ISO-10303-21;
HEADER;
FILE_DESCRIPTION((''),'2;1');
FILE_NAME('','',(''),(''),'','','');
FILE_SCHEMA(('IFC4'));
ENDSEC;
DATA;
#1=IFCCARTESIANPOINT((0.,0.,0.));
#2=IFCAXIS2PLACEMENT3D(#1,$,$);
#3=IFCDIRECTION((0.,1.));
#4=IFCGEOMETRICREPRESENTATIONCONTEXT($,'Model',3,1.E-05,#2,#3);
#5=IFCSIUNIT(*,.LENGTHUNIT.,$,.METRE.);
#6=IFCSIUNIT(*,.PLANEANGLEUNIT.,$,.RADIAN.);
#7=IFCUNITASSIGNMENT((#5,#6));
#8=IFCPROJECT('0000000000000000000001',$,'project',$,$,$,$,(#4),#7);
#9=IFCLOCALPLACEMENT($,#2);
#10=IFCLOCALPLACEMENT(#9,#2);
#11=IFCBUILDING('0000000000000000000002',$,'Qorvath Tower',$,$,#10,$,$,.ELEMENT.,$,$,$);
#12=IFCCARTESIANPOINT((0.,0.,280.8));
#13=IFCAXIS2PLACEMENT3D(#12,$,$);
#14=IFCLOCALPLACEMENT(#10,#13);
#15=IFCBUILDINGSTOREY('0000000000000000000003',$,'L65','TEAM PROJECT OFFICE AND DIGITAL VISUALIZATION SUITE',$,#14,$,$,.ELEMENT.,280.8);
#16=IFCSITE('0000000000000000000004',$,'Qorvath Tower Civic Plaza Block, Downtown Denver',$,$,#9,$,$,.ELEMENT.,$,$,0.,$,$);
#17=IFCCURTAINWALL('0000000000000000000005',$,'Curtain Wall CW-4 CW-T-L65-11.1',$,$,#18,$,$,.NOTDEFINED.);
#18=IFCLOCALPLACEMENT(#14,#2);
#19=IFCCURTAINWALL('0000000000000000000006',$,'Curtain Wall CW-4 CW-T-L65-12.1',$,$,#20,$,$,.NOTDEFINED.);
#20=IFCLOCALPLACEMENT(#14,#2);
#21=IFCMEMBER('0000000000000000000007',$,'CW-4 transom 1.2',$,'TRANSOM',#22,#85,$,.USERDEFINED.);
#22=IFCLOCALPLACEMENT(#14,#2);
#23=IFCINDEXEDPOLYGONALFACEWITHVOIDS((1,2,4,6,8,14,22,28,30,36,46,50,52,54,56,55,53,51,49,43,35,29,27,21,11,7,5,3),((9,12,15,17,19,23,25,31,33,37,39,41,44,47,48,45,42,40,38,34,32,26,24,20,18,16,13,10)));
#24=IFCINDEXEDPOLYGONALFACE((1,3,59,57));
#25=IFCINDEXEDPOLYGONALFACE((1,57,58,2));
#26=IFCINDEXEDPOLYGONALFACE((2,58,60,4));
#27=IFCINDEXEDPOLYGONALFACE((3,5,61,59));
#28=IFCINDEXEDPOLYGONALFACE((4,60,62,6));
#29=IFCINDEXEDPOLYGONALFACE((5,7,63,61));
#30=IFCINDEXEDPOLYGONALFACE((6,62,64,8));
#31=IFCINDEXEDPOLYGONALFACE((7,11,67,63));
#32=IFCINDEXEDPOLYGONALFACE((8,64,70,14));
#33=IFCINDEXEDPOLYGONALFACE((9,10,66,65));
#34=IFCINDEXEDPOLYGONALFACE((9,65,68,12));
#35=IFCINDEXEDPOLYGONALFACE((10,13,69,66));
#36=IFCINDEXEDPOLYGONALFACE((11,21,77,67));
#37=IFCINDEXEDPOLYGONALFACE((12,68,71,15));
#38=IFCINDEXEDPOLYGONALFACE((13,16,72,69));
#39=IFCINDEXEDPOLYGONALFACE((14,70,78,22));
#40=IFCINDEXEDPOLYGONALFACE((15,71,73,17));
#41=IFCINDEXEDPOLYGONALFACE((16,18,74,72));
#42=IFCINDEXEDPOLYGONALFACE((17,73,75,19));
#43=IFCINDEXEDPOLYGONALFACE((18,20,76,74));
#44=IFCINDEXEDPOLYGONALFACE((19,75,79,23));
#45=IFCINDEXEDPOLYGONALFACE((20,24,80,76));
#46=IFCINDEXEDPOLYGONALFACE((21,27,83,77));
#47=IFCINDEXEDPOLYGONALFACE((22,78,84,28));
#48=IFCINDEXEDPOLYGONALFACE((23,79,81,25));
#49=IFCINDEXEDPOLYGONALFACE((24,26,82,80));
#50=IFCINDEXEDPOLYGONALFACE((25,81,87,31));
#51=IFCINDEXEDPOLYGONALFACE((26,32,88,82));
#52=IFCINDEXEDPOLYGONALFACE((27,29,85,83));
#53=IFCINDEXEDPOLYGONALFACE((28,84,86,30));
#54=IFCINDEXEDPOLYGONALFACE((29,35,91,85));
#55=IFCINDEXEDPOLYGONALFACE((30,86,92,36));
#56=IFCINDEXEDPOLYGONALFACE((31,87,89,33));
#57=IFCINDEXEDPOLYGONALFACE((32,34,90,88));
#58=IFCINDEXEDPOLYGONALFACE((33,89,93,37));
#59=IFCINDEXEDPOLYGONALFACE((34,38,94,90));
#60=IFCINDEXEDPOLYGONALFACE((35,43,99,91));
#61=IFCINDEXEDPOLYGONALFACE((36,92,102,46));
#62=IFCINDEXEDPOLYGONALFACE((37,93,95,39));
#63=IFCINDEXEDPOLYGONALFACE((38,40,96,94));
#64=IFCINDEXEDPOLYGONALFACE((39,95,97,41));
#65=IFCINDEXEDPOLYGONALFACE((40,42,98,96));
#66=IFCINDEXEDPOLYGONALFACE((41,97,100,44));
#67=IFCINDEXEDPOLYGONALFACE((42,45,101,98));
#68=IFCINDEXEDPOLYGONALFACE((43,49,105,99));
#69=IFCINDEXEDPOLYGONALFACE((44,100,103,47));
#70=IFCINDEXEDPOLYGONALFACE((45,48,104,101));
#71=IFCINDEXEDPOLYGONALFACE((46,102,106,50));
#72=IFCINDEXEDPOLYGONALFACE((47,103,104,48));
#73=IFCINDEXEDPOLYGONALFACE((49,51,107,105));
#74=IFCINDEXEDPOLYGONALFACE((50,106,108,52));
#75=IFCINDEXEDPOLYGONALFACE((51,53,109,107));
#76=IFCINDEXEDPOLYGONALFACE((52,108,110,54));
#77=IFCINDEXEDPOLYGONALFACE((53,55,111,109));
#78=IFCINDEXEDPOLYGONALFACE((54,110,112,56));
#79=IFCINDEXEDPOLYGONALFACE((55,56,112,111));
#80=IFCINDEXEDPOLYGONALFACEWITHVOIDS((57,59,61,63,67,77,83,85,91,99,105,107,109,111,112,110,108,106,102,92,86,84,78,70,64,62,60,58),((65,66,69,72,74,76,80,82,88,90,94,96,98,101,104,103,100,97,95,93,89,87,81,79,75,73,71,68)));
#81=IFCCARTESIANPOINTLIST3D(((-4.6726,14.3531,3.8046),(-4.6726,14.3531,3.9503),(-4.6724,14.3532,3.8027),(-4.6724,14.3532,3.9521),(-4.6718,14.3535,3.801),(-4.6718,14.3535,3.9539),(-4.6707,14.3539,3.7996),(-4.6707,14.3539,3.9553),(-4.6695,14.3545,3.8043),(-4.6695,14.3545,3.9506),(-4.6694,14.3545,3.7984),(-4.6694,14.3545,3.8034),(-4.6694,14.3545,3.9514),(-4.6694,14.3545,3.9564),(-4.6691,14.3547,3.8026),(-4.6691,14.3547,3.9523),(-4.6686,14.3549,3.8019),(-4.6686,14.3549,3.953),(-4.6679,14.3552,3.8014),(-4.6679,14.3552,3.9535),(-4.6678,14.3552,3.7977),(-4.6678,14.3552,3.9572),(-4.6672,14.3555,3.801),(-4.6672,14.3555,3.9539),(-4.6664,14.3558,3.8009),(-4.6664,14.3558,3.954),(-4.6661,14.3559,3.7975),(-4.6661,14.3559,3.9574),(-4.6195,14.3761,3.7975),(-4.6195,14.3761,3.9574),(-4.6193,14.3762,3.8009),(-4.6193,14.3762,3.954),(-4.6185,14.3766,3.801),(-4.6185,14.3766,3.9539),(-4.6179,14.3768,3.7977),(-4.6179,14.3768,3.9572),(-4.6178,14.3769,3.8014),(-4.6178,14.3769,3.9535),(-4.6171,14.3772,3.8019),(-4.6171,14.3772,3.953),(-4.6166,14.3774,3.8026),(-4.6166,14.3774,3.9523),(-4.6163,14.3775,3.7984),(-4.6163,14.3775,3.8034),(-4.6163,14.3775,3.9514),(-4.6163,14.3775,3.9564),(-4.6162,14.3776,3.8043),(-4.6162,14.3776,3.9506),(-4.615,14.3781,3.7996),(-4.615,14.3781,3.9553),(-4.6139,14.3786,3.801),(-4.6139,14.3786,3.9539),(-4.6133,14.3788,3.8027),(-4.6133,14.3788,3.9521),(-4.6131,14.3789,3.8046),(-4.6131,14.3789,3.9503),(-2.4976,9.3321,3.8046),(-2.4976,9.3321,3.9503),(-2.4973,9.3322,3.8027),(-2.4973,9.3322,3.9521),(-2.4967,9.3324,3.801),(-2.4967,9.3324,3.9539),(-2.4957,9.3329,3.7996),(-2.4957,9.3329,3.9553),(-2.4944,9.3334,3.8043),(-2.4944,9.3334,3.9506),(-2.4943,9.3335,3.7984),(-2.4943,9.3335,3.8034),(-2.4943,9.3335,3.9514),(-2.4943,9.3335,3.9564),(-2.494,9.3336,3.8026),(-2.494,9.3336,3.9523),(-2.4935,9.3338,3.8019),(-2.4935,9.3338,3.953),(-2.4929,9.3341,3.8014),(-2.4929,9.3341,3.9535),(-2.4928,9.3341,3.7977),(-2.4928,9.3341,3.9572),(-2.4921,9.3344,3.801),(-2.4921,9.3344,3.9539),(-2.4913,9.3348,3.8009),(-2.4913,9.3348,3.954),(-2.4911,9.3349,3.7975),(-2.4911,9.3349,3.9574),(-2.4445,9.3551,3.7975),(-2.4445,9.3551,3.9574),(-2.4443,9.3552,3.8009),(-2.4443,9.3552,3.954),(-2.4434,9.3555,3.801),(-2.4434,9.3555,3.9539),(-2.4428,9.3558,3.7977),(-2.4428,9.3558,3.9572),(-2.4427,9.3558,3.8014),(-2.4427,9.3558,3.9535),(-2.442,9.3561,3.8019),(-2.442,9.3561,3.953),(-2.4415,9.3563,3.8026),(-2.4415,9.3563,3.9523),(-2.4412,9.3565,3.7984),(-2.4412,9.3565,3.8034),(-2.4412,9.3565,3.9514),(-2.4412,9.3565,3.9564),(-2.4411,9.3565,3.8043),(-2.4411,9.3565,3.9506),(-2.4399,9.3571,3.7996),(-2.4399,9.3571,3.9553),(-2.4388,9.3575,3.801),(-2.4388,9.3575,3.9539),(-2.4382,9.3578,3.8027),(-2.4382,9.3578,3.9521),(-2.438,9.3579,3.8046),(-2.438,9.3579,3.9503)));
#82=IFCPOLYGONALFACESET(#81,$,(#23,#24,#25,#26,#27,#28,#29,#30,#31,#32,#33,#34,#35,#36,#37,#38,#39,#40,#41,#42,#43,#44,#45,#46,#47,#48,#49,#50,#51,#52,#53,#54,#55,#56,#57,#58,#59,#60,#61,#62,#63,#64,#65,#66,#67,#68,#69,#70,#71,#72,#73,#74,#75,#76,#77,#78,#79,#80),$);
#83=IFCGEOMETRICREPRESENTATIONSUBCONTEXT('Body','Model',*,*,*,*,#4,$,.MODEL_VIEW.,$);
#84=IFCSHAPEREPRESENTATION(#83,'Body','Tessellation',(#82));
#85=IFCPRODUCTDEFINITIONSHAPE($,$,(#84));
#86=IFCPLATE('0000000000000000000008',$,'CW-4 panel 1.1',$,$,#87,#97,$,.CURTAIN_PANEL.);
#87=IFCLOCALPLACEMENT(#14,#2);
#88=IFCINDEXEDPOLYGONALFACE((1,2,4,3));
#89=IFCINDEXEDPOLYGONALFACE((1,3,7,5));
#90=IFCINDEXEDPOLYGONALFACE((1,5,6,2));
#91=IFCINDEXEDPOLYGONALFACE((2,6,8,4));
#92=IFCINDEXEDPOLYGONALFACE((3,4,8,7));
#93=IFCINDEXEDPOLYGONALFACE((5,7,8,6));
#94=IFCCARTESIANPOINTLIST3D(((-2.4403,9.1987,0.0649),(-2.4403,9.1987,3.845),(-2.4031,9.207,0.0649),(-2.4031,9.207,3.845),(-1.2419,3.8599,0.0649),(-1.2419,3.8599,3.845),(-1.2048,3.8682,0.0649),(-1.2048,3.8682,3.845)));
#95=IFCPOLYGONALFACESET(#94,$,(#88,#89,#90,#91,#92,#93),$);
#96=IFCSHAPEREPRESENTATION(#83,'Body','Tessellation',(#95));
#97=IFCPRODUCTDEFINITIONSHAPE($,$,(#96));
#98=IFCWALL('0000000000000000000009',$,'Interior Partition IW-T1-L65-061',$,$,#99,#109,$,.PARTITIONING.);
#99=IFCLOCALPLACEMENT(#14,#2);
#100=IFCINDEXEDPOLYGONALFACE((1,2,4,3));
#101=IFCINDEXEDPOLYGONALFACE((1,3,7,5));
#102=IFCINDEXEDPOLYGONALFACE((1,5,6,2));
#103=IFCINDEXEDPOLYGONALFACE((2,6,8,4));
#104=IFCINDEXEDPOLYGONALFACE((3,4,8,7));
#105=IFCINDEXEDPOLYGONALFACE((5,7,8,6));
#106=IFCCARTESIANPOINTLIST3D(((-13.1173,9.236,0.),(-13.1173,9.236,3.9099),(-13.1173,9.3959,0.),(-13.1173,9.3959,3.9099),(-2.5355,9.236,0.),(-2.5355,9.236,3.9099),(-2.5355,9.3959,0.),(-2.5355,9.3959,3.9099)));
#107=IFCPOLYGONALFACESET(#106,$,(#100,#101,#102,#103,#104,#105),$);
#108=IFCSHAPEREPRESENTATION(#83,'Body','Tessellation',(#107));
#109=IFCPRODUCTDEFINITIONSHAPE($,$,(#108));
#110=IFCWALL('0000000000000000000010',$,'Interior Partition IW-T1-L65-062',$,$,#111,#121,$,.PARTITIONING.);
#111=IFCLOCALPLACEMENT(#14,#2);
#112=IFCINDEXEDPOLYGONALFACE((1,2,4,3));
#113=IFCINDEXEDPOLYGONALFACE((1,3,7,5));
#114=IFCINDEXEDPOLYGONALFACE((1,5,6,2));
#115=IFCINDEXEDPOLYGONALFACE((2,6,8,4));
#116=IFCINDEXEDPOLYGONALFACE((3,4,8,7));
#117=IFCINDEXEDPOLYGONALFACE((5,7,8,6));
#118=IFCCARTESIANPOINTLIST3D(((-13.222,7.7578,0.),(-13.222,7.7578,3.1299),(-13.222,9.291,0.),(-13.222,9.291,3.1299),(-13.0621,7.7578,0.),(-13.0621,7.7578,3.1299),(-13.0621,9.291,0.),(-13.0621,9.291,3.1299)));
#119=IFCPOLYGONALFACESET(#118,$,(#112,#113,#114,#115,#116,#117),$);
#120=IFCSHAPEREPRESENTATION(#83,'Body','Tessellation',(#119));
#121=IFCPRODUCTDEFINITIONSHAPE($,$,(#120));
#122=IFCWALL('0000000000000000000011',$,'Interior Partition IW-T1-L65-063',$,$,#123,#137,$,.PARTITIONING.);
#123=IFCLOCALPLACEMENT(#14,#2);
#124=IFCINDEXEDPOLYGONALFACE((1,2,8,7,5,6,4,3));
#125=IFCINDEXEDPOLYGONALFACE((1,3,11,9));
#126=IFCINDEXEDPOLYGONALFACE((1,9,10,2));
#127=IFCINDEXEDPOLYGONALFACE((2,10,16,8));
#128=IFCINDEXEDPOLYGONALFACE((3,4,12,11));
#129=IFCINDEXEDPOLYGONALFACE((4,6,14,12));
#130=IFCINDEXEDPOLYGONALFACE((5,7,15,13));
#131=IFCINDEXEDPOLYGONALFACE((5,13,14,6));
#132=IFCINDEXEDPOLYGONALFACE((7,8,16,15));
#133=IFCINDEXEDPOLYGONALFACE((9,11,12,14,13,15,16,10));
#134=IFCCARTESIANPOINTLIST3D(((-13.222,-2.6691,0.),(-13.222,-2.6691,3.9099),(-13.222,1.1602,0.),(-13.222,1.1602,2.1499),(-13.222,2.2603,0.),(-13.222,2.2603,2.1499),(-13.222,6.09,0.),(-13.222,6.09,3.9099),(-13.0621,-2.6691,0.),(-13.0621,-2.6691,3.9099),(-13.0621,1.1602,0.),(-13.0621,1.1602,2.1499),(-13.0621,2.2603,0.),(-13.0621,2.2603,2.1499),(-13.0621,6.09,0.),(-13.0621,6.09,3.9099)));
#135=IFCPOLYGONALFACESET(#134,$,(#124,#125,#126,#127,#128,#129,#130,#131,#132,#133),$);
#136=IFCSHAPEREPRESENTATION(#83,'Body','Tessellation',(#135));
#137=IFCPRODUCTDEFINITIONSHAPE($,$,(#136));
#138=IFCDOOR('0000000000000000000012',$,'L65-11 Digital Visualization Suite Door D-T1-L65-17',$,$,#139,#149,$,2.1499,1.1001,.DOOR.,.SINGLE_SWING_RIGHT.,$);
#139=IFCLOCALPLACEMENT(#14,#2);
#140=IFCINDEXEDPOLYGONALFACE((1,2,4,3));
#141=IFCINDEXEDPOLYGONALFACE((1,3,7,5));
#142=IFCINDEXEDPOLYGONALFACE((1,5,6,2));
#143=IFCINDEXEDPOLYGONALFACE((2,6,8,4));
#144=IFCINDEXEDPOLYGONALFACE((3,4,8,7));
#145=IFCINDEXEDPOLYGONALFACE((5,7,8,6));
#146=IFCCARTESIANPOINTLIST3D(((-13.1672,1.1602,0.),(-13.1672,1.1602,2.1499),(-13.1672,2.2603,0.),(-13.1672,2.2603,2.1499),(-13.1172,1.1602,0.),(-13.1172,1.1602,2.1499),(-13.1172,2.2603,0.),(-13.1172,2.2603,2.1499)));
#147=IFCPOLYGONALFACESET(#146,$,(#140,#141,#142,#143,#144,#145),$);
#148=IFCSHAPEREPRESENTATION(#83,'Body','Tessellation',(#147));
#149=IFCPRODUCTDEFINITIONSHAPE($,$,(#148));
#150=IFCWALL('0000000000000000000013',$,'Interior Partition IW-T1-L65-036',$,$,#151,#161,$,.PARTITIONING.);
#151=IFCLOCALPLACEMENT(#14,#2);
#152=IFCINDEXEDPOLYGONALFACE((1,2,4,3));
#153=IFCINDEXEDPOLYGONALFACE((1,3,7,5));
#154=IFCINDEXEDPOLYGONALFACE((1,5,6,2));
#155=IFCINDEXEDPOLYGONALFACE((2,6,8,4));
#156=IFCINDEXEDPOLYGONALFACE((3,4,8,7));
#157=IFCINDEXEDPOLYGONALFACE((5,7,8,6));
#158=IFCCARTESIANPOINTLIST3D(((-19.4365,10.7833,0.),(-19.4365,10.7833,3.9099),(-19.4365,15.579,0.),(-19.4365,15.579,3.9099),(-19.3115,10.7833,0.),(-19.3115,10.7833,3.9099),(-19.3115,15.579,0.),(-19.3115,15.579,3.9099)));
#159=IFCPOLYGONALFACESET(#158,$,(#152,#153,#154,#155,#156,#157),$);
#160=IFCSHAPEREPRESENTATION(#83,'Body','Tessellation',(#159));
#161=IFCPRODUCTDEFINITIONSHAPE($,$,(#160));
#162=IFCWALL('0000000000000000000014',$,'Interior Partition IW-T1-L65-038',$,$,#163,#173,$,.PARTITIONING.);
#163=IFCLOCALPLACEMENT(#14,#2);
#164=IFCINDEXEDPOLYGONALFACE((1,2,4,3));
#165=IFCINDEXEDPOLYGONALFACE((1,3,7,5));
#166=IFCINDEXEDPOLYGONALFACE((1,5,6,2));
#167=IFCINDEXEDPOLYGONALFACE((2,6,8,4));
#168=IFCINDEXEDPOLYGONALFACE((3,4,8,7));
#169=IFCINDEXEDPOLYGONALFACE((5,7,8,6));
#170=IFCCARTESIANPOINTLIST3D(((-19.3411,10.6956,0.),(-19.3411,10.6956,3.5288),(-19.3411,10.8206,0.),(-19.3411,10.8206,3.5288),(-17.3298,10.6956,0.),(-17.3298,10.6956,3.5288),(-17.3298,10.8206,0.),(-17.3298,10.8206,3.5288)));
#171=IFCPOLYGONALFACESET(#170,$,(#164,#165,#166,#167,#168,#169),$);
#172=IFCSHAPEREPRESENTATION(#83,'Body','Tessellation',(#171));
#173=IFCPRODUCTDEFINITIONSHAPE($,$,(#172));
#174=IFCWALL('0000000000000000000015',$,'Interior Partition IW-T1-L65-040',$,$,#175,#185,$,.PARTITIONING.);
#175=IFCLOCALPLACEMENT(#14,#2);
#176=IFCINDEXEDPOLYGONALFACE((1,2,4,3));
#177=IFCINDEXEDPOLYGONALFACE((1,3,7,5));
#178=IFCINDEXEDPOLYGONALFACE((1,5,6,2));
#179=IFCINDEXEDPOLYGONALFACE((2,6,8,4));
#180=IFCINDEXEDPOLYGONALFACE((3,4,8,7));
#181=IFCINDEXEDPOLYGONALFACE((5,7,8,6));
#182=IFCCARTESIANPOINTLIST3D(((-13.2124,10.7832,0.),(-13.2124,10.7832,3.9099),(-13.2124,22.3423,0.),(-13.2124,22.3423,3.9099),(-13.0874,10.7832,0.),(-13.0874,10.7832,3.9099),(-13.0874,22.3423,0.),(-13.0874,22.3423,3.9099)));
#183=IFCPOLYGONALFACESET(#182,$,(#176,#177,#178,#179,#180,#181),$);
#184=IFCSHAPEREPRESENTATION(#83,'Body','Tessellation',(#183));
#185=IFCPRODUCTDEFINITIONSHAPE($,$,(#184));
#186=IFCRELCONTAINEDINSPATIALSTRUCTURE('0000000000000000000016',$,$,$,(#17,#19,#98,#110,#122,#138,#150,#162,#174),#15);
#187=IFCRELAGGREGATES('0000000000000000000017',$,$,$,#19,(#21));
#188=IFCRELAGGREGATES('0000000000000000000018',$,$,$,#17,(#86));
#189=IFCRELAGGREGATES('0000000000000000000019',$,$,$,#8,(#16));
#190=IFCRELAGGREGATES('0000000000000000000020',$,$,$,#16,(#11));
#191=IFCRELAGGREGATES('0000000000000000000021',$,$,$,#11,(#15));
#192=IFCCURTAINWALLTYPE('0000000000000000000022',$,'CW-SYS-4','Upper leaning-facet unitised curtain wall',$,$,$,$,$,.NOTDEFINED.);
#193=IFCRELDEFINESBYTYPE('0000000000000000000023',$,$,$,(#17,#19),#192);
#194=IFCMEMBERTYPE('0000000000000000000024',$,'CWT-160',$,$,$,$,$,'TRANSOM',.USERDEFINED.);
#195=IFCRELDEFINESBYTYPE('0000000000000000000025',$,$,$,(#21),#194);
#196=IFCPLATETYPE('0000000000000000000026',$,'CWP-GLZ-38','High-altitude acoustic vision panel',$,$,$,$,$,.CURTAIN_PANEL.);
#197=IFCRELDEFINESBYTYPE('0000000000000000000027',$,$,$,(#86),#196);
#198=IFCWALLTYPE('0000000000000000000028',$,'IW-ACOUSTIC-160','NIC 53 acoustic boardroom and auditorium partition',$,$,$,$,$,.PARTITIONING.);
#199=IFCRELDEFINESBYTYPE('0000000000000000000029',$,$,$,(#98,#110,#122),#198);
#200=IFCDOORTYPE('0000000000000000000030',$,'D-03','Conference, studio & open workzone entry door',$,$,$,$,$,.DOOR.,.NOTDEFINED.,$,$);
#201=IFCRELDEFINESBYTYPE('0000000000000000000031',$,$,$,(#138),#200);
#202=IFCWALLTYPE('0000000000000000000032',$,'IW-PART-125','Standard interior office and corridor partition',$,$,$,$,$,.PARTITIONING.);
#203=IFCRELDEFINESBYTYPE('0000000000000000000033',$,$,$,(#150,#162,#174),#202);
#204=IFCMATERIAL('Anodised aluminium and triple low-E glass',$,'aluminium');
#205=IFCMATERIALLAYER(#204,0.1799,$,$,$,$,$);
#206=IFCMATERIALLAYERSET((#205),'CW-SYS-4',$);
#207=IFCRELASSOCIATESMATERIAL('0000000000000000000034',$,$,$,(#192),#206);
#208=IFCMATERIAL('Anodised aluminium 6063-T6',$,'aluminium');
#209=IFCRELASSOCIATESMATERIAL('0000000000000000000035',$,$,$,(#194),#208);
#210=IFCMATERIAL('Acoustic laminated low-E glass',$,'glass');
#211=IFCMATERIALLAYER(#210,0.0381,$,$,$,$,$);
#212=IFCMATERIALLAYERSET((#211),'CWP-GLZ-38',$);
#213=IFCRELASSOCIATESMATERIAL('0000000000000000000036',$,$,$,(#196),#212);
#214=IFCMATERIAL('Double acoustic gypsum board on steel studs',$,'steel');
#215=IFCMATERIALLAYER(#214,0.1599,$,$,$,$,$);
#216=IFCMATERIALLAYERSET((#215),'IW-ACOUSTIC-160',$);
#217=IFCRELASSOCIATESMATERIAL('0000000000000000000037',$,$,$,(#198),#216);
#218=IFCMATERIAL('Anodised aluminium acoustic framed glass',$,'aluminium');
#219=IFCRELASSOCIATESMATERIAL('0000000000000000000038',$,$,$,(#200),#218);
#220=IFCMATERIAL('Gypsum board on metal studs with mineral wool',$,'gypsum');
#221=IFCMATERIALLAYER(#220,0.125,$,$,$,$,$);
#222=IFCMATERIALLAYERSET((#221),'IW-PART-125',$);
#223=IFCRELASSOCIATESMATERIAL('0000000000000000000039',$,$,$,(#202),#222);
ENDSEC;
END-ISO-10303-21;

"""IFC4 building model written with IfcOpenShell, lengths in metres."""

from ifc_helpers import new_model, si_unit, direction, frame, frame_2d, origin, origin_2d, place, context, subcontext, project, spatial, rectangle, hollow_rectangle, extrude, material, layer, layer_set, material_profile, profile_set, type_object, element, fill, aggregate, save


model = new_model("IFC4")

# Units and contexts
model_context = context("Model", 3, precision=1e-05, world=origin(), true_north=direction((0.0, 1.0)))
body_context = subcontext(model_context, "Body", "Model", "MODEL_VIEW")
ifc_project = project(units=[si_unit("LENGTHUNIT", "METRE"), si_unit("PLANEANGLEUNIT", "RADIAN")], contexts=[model_context])

# Site, building, storey
site_placement = place(None, origin())
site = spatial("IfcSite", under=ifc_project, at=site_placement, Name="Qorvath Tower Civic Plaza Block, Downtown Denver", CompositionType="ELEMENT", RefElevation=0.0)
building_placement = place(site_placement, origin())
building = spatial("IfcBuilding", under=site, at=building_placement, Name="Qorvath Tower", CompositionType="ELEMENT")
storey_placement = place(building_placement, frame((0.0, 0.0, 280.8)))
storey = spatial("IfcBuildingStorey", under=building, at=storey_placement, Name="L65", Description="TEAM PROJECT OFFICE AND DIGITAL VISUALIZATION SUITE", CompositionType="ELEMENT", Elevation=280.8)

# Curtain wall
ifc_material_1 = material(Name="Anodised aluminium and triple low-E glass", Category="aluminium")
ifc_layer_1 = layer(ifc_material_1, 0.1799)
ifc_layer_set_1 = layer_set([ifc_layer_1], Name="CW-SYS-4")
curtain_wall_type = type_object("IfcCurtainWallType", Name="CW-SYS-4", Description="Upper leaning-facet unitised curtain wall", PredefinedType="NOTDEFINED", material=ifc_layer_set_1)
curtain_wall_1_placement = place(storey_placement, origin())
curtain_wall_1 = element("IfcCurtainWall", 1, at=curtain_wall_1_placement, inside=storey, type_object=curtain_wall_type, Name="Curtain Wall CW-4 CW-T-L65-11.1", PredefinedType="NOTDEFINED")

# Curtain wall
curtain_wall_2_placement = place(storey_placement, origin())
curtain_wall_2 = element("IfcCurtainWall", 2, at=curtain_wall_2_placement, inside=storey, type_object=curtain_wall_type, Name="Curtain Wall CW-4 CW-T-L65-12.1", PredefinedType="NOTDEFINED")

# Member
ifc_material_2 = material(Name="Anodised aluminium 6063-T6", Category="aluminium")
ifc_material_profile_1 = material_profile(ifc_material_2, hollow_rectangle(XDim=0.0649, YDim=0.1599, WallThickness=0.0034, InnerFilletRadius=0.0034, OuterFilletRadius=0.0071, at=origin_2d()), Name="CWT 160x65")
ifc_profile_set_1 = profile_set([ifc_material_profile_1], Name="Anodised aluminium 6063-T6")
member_type_1 = type_object("IfcMemberType", Name="CWT-160", ElementType="TRANSOM", PredefinedType="USERDEFINED", material=ifc_profile_set_1)
member_1_placement = place(storey_placement, frame((-2.4678, 9.345, 3.8774), z_axis=(-0.397497, 0.917603, 0.0), x_axis=(-0.917603, -0.397497, 0.0)))
member_1 = element("IfcMember", 3, at=member_1_placement, type_object=member_type_1, Name="CW-4 transom 1.2", ObjectType="TRANSOM", PredefinedType="USERDEFINED", context=body_context, shape_type="SweptSolid", body=[
    extrude(hollow_rectangle(XDim=0.0649, YDim=0.1599, WallThickness=0.0034, InnerFilletRadius=0.0034, OuterFilletRadius=0.0071, at=origin_2d()), origin(), (0.0, 0.0, 1.0), 5.4719),
])
aggregate(curtain_wall_2, [member_1])

# Plate
ifc_material_3 = material(Name="Acoustic laminated low-E glass", Category="glass")
ifc_layer_2 = layer(ifc_material_3, 0.0381)
ifc_layer_set_2 = layer_set([ifc_layer_2], Name="CWP-GLZ-38")
plate_type = type_object("IfcPlateType", Name="CWP-GLZ-38", Description="High-altitude acoustic vision panel", PredefinedType="CURTAIN_PANEL", material=ifc_layer_set_2)
plate_placement = place(storey_placement, frame((-1.8225, 6.5334, 0.0649), z_axis=(0.0, 0.0, 1.0), x_axis=(-0.219006, 0.975724, 0.0)))
plate = element("IfcPlate", 4, at=plate_placement, type_object=plate_type, Name="CW-4 panel 1.1", PredefinedType="CURTAIN_PANEL", context=body_context, shape_type="SweptSolid", body=[
    extrude(rectangle(XDim=5.4717, YDim=0.0381, at=origin_2d()), origin(), (0.0, 0.0, 1.0), 3.78),
])
aggregate(curtain_wall_1, [plate])

# Walls
ifc_material_4 = material(Name="Double acoustic gypsum board on steel studs", Category="steel")
ifc_layer_3 = layer(ifc_material_4, 0.1599)
ifc_layer_set_3 = layer_set([ifc_layer_3], Name="IW-ACOUSTIC-160")
wall_type_1 = type_object("IfcWallType", Name="IW-ACOUSTIC-160", Description="NIC 53 acoustic boardroom and auditorium partition", PredefinedType="PARTITIONING", material=ifc_layer_set_3)
wall_1_placement = place(storey_placement, frame((-2.5354, 9.3159, 0.0), z_axis=(0.0, 0.0, 1.0), x_axis=(-1.0, 0.0, 0.0)))
element("IfcWall", 5, at=wall_1_placement, inside=storey, type_object=wall_type_1, Name="Interior Partition IW-T1-L65-061", PredefinedType="PARTITIONING", context=body_context, shape_type="SweptSolid", body=[
    extrude(rectangle(XDim=10.5818, YDim=0.1599, at=frame_2d((5.291, 0.0))), origin(), (0.0, 0.0, 1.0), 3.9099),
])
wall_2_placement = place(storey_placement, frame((-13.1421, 9.291, 0.0), z_axis=(0.0, 0.0, 1.0), x_axis=(0.0, -1.0, 0.0)))
element("IfcWall", 6, at=wall_2_placement, inside=storey, type_object=wall_type_1, Name="Interior Partition IW-T1-L65-062", PredefinedType="PARTITIONING", context=body_context, shape_type="SweptSolid", body=[
    extrude(rectangle(XDim=1.5332, YDim=0.1599, at=frame_2d((0.7666, 0.0))), origin(), (0.0, 0.0, 1.0), 3.1299),
])

# Wall, opening, door
wall_3_placement = place(storey_placement, frame((-13.1421, 6.0898, 0.0), z_axis=(0.0, 0.0, 1.0), x_axis=(0.0, -1.0, 0.0)))
wall_3 = element("IfcWall", 7, at=wall_3_placement, inside=storey, type_object=wall_type_1, Name="Interior Partition IW-T1-L65-063", PredefinedType="PARTITIONING", context=body_context, shape_type="SweptSolid", body=[
    extrude(rectangle(XDim=8.759, YDim=0.1599, at=frame_2d((4.3794, 0.0))), origin(), (0.0, 0.0, 1.0), 3.9099),
])
opening_1_placement = place(wall_3_placement, frame((3.8296, 0.0, 0.0)))
opening_1 = element("IfcOpeningElement", 8, at=opening_1_placement, cuts=wall_3, PredefinedType="OPENING", context=body_context, shape_type="SweptSolid", body=[
    extrude(rectangle(XDim=1.1001, YDim=2.1499, at=frame_2d((0.55, 1.075))), frame((0.0, 0.0898, 0.0), z_axis=(0.0, -1.0, 0.0), x_axis=(1.0, 0.0, 0.0)), (0.0, 0.0, 1.0), 0.1799),
])
ifc_material_5 = material(Name="Anodised aluminium acoustic framed glass", Category="aluminium")
door_type_1 = type_object("IfcDoorType", Name="D-03", Description="Conference, studio & open workzone entry door", OperationType="NOTDEFINED", PredefinedType="DOOR", material=ifc_material_5)
door_1_placement = place(opening_1_placement, origin())
door_1 = element("IfcDoor", 9, at=door_1_placement, inside=storey, type_object=door_type_1, Name="L65-11 Digital Visualization Suite Door D-T1-L65-17", OperationType="SINGLE_SWING_RIGHT", OverallHeight=2.1499, OverallWidth=1.1001, PredefinedType="DOOR", context=body_context, shape_type="SweptSolid", body=[
    extrude(rectangle(XDim=1.1001, YDim=2.1499, at=frame_2d((0.55, 1.075))), frame((0.0, 0.0249, 0.0), z_axis=(0.0, -1.0, 0.0), x_axis=(1.0, 0.0, 0.0)), (0.0, 0.0, 1.0), 0.05),
])
fill(opening_1, door_1)

# Walls
ifc_material_6 = material(Name="Gypsum board on metal studs with mineral wool", Category="gypsum")
ifc_layer_4 = layer(ifc_material_6, 0.125)
ifc_layer_set_4 = layer_set([ifc_layer_4], Name="IW-PART-125")
wall_type_2 = type_object("IfcWallType", Name="IW-PART-125", Description="Standard interior office and corridor partition", PredefinedType="PARTITIONING", material=ifc_layer_set_4)
wall_4_placement = place(storey_placement, frame((-19.374, 10.7832, 0.0), z_axis=(0.0, 0.0, 1.0), x_axis=(0.0, 1.0, 0.0)))
element("IfcWall", 10, at=wall_4_placement, inside=storey, type_object=wall_type_2, Name="Interior Partition IW-T1-L65-036", PredefinedType="PARTITIONING", context=body_context, shape_type="SweptSolid", body=[
    extrude(rectangle(XDim=4.7957, YDim=0.125, at=frame_2d((2.3979, 0.0))), origin(), (0.0, 0.0, 1.0), 3.9099),
])
wall_5_placement = place(storey_placement, frame((-19.3411, 10.7581, 0.0), z_axis=(0.0, 0.0, 1.0), x_axis=(1.0, 0.0, 0.0)))
element("IfcWall", 11, at=wall_5_placement, inside=storey, type_object=wall_type_2, Name="Interior Partition IW-T1-L65-038", PredefinedType="PARTITIONING", context=body_context, shape_type="SweptSolid", body=[
    extrude(rectangle(XDim=2.0112, YDim=0.125, at=frame_2d((1.0056, 0.0))), origin(), (0.0, 0.0, 1.0), 3.5288),
])

# Wall
wall_6_placement = place(storey_placement, frame((-13.1499, 10.7832, 0.0), z_axis=(0.0, 0.0, 1.0), x_axis=(0.0, 1.0, 0.0)))
element("IfcWall", 12, at=wall_6_placement, inside=storey, type_object=wall_type_2, Name="Interior Partition IW-T1-L65-040", PredefinedType="PARTITIONING", context=body_context, shape_type="SweptSolid", body=[
    extrude(rectangle(XDim=11.5591, YDim=0.125, at=frame_2d((5.7795, 0.0))), origin(), (0.0, 0.0, 1.0), 3.9099),
])

save(model, "model.ifc")
